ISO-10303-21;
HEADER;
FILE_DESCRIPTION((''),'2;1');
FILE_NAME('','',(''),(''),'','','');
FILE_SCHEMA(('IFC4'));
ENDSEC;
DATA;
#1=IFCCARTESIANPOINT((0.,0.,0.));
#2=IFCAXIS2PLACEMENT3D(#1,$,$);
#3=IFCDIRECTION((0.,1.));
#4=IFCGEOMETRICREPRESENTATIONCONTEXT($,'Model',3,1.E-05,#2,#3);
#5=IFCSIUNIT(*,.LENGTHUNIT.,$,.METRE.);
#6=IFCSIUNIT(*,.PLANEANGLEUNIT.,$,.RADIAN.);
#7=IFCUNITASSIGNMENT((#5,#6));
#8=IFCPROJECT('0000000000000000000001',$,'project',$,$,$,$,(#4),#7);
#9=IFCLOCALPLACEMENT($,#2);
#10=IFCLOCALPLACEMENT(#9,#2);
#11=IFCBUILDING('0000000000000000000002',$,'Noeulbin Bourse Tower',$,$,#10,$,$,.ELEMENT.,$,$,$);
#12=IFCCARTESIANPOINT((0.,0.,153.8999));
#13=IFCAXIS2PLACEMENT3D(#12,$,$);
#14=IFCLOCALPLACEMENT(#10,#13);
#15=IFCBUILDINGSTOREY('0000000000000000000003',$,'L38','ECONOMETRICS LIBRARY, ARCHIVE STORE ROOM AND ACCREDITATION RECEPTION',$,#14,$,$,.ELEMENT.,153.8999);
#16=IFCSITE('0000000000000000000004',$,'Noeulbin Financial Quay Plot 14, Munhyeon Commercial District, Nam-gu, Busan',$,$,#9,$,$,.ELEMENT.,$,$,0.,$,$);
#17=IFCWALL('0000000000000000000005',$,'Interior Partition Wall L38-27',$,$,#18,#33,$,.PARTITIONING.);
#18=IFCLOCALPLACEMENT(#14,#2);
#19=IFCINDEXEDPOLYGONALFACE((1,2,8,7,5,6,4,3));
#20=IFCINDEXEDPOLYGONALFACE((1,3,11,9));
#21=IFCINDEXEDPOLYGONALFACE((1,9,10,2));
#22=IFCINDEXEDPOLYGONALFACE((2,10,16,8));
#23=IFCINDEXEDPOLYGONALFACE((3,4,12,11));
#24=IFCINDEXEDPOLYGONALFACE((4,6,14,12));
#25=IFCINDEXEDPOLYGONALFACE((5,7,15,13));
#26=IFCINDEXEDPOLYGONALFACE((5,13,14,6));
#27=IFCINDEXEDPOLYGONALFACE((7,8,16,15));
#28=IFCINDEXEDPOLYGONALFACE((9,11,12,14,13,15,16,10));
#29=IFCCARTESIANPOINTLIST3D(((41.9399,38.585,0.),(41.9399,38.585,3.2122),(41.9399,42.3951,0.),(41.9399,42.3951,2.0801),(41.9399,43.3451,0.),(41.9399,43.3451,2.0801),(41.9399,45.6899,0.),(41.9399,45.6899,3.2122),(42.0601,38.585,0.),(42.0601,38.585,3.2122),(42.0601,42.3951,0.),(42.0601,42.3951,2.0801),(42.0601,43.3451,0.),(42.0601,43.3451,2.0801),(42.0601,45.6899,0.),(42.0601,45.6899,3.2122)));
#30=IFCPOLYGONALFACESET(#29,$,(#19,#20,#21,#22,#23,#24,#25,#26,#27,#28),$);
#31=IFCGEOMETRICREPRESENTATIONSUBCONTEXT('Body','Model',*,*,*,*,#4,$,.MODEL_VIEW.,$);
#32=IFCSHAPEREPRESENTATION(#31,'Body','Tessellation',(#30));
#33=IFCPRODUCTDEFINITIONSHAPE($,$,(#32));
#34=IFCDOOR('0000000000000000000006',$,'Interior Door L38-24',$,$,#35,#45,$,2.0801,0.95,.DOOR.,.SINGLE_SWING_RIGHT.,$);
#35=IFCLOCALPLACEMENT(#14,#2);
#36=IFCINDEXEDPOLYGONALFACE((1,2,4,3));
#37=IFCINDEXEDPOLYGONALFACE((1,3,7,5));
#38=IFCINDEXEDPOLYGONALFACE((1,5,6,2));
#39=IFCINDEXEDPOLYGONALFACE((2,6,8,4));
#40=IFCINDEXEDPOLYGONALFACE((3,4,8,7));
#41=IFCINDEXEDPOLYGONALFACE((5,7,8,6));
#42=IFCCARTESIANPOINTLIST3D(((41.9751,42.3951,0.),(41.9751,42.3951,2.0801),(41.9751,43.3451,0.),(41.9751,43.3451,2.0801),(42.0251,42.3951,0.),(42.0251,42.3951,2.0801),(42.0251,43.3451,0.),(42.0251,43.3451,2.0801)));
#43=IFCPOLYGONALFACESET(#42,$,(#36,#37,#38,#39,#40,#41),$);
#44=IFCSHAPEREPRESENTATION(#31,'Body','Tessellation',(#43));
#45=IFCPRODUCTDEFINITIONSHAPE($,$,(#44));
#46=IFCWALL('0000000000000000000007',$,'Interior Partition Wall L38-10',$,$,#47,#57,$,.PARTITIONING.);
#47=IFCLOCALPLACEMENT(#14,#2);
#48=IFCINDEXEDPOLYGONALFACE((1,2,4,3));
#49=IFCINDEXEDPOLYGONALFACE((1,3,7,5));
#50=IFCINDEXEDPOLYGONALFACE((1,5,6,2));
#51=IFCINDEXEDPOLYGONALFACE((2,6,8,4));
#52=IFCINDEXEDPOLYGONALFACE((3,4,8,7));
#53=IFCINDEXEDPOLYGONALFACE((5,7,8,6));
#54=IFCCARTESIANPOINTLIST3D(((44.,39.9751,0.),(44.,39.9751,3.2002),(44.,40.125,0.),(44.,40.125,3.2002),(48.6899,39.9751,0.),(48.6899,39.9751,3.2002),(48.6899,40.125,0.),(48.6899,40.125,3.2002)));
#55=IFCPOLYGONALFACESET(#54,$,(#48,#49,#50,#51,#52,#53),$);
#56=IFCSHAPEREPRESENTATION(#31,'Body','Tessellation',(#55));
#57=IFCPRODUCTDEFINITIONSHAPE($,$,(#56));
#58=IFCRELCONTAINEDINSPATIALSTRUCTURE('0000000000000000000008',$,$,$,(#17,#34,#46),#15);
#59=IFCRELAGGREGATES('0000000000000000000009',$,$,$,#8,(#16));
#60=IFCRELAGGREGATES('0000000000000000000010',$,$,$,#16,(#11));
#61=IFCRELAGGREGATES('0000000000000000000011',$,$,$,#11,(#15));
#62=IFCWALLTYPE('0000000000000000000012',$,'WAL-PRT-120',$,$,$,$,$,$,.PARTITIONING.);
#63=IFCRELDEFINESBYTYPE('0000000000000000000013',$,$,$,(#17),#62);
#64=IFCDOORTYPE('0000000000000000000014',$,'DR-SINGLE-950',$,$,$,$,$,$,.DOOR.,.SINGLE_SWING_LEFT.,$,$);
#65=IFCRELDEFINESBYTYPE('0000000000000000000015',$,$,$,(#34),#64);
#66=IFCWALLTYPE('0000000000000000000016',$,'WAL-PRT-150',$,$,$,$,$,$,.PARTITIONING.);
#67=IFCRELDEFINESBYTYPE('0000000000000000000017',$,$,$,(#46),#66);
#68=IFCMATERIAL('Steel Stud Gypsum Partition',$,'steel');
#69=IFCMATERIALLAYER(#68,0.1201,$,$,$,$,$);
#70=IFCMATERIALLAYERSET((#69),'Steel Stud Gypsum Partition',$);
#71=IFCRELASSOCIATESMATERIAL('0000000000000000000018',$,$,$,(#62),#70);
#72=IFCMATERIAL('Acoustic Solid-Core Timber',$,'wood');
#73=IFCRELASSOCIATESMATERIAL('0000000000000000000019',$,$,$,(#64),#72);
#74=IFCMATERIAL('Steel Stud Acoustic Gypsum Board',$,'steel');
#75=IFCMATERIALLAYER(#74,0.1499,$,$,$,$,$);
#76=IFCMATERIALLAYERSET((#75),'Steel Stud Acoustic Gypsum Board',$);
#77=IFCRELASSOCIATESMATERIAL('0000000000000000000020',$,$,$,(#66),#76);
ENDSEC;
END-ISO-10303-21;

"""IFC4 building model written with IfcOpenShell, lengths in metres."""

from ifc_helpers import new_model, si_unit, direction, frame, frame_2d, origin, place, context, subcontext, project, spatial, rectangle, extrude, material, layer, layer_set, type_object, element, fill, save


model = new_model("IFC4")

# Units and contexts
model_context = context("Model", 3, precision=1e-05, world=origin(), true_north=direction((0.0, 1.0)))
body_context = subcontext(model_context, "Body", "Model", "MODEL_VIEW")
ifc_project = project(units=[si_unit("LENGTHUNIT", "METRE"), si_unit("PLANEANGLEUNIT", "RADIAN")], contexts=[model_context])

# Site, building, storey
site_placement = place(None, origin())
site = spatial("IfcSite", under=ifc_project, at=site_placement, Name="Noeulbin Financial Quay Plot 14, Munhyeon Commercial District, Nam-gu, Busan", CompositionType="ELEMENT", RefElevation=0.0)
building_placement = place(site_placement, origin())
building = spatial("IfcBuilding", under=site, at=building_placement, Name="Noeulbin Bourse Tower", CompositionType="ELEMENT")
storey_placement = place(building_placement, frame((0.0, 0.0, 153.8999)))
storey = spatial("IfcBuildingStorey", under=building, at=storey_placement, Name="L38", Description="ECONOMETRICS LIBRARY, ARCHIVE STORE ROOM AND ACCREDITATION RECEPTION", CompositionType="ELEMENT", Elevation=153.8999)

# Wall, opening, door
ifc_material_1 = material(Name="Steel Stud Gypsum Partition", Category="steel")
ifc_layer_1 = layer(ifc_material_1, 0.1201)
ifc_layer_set_1 = layer_set([ifc_layer_1], Name="Steel Stud Gypsum Partition")
wall_type_1 = type_object("IfcWallType", Name="WAL-PRT-120", PredefinedType="PARTITIONING", material=ifc_layer_set_1)
wall_1_placement = place(storey_placement, frame((42.0, 38.585, 0.0), z_axis=(0.0, 0.0, 1.0), x_axis=(0.0, 1.0, 0.0)))
wall_1 = element("IfcWall", 1, at=wall_1_placement, inside=storey, type_object=wall_type_1, Name="Interior Partition Wall L38-27", PredefinedType="PARTITIONING", context=body_context, shape_type="SweptSolid", body=[
    extrude(rectangle(XDim=7.105, YDim=0.1201, at=frame_2d((3.5525, 0.0))), origin(), (0.0, 0.0, 1.0), 3.2122),
])
opening_placement = place(wall_1_placement, frame((3.8101, 0.0, 0.0)))
opening = element("IfcOpeningElement", 2, at=opening_placement, cuts=wall_1, PredefinedType="OPENING", context=body_context, shape_type="SweptSolid", body=[
    extrude(rectangle(XDim=0.95, YDim=2.0801, at=frame_2d((0.4751, 1.04))), frame((0.0, 0.0701, 0.0), z_axis=(0.0, -1.0, 0.0), x_axis=(1.0, 0.0, 0.0)), (0.0, 0.0, 1.0), 0.1401),
])
ifc_material_2 = material(Name="Acoustic Solid-Core Timber", Category="wood")
door_type = type_object("IfcDoorType", Name="DR-SINGLE-950", OperationType="SINGLE_SWING_LEFT", PredefinedType="DOOR", material=ifc_material_2)
door_placement = place(opening_placement, origin())
door = element("IfcDoor", 3, at=door_placement, inside=storey, type_object=door_type, Name="Interior Door L38-24", OperationType="SINGLE_SWING_RIGHT", OverallHeight=2.0801, OverallWidth=0.95, PredefinedType="DOOR", context=body_context, shape_type="SweptSolid", body=[
    extrude(rectangle(XDim=0.95, YDim=2.0801, at=frame_2d((0.4751, 1.04))), frame((0.0, 0.0249, 0.0), z_axis=(0.0, -1.0, 0.0), x_axis=(1.0, 0.0, 0.0)), (0.0, 0.0, 1.0), 0.05),
])
fill(opening, door)

# Wall
ifc_material_3 = material(Name="Steel Stud Acoustic Gypsum Board", Category="steel")
ifc_layer_2 = layer(ifc_material_3, 0.1499)
ifc_layer_set_2 = layer_set([ifc_layer_2], Name="Steel Stud Acoustic Gypsum Board")
wall_type_2 = type_object("IfcWallType", Name="WAL-PRT-150", PredefinedType="PARTITIONING", material=ifc_layer_set_2)
wall_2_placement = place(storey_placement, frame((44.0, 40.05, 0.0), z_axis=(0.0, 0.0, 1.0), x_axis=(1.0, 0.0, 0.0)))
element("IfcWall", 4, at=wall_2_placement, inside=storey, type_object=wall_type_2, Name="Interior Partition Wall L38-10", PredefinedType="PARTITIONING", context=body_context, shape_type="SweptSolid", body=[
    extrude(rectangle(XDim=4.6899, YDim=0.1499, at=frame_2d((2.345, 0.0))), origin(), (0.0, 0.0, 1.0), 3.2002),
])

save(model, "model.ifc")
